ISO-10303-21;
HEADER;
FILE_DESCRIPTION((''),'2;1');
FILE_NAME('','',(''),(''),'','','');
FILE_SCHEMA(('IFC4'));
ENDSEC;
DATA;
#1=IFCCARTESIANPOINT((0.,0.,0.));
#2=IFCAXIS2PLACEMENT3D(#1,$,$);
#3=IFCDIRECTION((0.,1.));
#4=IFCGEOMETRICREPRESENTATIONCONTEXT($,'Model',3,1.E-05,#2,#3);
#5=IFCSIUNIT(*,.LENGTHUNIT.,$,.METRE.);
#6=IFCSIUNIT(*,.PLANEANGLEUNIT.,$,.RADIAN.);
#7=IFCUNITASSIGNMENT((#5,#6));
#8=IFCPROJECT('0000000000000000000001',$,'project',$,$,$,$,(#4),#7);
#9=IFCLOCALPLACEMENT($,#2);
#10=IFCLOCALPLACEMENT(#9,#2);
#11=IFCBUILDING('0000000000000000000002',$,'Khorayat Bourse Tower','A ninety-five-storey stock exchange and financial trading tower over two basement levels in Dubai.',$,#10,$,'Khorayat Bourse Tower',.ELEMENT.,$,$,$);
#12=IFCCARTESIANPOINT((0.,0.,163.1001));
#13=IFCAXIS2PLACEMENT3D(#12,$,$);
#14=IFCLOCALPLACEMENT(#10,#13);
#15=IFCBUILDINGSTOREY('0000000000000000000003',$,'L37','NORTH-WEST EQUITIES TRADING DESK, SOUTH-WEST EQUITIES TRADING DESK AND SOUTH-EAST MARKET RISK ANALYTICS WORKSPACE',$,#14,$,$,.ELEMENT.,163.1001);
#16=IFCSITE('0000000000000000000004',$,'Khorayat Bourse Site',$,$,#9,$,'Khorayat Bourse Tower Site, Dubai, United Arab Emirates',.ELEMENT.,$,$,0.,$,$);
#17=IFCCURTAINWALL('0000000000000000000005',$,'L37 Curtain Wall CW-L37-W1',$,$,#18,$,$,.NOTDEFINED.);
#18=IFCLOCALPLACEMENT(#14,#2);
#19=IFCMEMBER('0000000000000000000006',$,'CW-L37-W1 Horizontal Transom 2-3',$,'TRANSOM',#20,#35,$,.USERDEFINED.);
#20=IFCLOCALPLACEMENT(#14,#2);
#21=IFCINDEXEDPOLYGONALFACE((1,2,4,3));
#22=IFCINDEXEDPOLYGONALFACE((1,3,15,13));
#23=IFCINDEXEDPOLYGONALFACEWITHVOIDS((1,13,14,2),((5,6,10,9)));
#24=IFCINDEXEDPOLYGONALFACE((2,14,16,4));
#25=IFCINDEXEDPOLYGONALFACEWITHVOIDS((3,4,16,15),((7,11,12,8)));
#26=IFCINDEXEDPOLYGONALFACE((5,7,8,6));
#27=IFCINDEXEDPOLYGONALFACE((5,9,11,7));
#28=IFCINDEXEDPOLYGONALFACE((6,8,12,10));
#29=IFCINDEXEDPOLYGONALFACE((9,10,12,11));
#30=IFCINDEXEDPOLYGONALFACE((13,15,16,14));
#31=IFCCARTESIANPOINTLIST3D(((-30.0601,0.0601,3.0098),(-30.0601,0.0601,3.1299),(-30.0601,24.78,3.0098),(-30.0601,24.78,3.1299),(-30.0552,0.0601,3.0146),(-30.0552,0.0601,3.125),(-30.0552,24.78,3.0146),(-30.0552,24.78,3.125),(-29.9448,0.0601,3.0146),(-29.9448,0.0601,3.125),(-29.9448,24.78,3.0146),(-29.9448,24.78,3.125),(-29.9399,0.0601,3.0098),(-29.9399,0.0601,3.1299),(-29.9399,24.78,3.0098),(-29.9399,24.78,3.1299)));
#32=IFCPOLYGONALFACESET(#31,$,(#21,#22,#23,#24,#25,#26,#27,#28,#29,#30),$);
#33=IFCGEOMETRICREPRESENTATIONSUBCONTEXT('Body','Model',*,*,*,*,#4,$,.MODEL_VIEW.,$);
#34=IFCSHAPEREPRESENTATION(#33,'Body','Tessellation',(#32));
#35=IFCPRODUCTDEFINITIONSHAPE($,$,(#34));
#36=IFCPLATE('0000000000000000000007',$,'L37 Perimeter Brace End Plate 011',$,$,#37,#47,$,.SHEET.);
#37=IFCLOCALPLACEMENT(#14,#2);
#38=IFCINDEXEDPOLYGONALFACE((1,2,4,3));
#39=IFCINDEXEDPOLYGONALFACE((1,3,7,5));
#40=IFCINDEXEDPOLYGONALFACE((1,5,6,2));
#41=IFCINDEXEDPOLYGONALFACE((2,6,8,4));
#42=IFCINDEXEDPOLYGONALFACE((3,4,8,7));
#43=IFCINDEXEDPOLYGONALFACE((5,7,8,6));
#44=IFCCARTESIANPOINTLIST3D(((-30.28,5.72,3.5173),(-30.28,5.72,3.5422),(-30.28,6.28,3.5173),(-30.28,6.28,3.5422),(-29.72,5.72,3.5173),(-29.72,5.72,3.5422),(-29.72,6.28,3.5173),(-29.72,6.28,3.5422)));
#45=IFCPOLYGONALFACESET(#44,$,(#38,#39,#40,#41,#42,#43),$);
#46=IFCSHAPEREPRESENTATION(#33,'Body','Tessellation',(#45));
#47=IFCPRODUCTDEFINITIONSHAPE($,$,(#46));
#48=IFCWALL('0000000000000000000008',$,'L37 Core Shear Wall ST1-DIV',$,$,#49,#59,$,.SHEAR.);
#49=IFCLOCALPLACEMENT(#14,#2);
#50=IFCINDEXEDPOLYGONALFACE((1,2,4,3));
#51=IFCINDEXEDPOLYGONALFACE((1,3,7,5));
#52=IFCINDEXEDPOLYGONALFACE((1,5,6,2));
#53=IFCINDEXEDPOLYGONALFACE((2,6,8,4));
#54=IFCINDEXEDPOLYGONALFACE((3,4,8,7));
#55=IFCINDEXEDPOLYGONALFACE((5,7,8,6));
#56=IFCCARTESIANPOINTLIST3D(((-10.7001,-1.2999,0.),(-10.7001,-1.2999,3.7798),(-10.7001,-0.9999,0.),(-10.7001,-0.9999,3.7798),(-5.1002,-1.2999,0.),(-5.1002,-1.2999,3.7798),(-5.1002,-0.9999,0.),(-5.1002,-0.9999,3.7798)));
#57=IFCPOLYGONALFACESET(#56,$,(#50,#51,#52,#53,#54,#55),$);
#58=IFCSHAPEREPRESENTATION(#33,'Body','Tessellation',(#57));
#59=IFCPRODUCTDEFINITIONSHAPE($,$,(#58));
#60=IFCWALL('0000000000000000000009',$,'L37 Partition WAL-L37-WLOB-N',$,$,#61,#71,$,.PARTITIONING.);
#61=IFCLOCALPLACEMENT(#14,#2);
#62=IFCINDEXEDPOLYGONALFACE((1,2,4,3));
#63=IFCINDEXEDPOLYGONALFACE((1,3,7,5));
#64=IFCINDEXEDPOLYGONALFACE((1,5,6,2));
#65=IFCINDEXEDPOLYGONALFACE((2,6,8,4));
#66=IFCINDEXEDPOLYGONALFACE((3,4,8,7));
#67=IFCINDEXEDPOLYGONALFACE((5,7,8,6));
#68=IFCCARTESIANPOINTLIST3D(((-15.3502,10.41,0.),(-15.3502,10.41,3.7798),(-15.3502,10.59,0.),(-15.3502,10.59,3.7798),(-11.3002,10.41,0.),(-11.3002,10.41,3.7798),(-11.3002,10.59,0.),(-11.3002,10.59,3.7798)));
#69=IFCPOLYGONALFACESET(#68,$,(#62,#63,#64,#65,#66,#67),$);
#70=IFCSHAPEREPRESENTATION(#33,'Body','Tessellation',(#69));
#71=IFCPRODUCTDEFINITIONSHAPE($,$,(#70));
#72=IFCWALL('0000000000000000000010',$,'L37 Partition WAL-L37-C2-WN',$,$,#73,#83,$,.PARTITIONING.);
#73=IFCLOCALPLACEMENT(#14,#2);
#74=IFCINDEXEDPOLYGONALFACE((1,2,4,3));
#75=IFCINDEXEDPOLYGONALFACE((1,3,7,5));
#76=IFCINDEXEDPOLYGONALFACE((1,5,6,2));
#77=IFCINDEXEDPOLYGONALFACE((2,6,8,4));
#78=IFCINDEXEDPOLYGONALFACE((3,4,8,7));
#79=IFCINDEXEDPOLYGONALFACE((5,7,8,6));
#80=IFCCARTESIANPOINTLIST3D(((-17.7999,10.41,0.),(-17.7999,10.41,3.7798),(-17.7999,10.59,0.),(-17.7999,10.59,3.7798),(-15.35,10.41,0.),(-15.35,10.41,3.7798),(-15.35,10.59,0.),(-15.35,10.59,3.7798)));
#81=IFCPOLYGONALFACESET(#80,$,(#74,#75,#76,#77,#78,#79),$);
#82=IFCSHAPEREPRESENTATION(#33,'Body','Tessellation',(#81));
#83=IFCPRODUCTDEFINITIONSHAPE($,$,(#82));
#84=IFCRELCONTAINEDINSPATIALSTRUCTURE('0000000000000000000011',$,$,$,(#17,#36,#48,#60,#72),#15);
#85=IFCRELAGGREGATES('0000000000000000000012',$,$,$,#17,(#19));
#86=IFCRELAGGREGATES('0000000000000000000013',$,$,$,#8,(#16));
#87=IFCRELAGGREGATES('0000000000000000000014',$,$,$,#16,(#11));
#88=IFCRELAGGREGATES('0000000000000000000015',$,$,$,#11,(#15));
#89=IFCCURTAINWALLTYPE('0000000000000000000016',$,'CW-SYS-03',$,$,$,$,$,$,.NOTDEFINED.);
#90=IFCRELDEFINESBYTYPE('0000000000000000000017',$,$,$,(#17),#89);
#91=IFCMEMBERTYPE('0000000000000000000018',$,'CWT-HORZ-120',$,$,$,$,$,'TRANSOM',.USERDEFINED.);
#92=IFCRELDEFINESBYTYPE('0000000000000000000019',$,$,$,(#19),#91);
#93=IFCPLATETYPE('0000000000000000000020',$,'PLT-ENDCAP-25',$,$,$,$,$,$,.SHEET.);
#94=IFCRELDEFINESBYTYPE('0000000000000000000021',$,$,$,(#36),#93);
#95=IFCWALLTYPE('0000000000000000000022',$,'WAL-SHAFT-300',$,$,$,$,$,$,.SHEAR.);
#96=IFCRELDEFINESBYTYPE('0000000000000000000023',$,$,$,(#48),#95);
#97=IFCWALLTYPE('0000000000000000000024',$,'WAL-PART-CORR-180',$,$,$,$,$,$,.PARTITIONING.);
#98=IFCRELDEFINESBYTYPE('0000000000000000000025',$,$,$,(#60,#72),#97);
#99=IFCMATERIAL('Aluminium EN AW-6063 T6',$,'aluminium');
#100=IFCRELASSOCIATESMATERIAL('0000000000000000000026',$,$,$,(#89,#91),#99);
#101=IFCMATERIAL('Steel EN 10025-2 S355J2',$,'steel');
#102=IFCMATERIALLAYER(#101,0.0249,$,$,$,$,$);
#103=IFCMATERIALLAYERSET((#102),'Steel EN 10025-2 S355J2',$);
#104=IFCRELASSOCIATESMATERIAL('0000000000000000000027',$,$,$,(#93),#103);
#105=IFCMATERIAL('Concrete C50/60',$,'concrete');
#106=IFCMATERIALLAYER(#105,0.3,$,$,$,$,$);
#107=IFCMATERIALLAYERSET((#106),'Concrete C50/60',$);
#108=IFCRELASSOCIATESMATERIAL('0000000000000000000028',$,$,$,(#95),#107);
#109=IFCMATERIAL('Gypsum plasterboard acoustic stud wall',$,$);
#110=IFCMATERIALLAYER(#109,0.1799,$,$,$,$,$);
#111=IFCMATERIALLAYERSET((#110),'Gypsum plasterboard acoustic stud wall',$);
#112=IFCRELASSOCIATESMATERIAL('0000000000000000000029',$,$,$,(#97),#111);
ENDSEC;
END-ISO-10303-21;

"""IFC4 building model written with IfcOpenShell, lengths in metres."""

from ifc_helpers import new_model, si_unit, direction, frame, frame_2d, origin, origin_2d, place, context, subcontext, project, spatial, rectangle, hollow_rectangle, extrude, source, transform, mapped, material, layer, layer_set, material_profile, profile_set, type_object, element, aggregate, save


model = new_model("IFC4")

# Units and contexts
model_context = context("Model", 3, precision=1e-05, world=origin(), true_north=direction((0.0, 1.0)))
body_context = subcontext(model_context, "Body", "Model", "MODEL_VIEW")
ifc_project = project(units=[si_unit("LENGTHUNIT", "METRE"), si_unit("PLANEANGLEUNIT", "RADIAN")], contexts=[model_context])

# Site, building, storey
site_placement = place(None, origin())
site = spatial("IfcSite", under=ifc_project, at=site_placement, Name="Khorayat Bourse Site", LongName="Khorayat Bourse Tower Site, Dubai, United Arab Emirates", CompositionType="ELEMENT", RefElevation=0.0)
building_placement = place(site_placement, origin())
building = spatial("IfcBuilding", under=site, at=building_placement, Name="Khorayat Bourse Tower", Description="A ninety-five-storey stock exchange and financial trading tower over two basement levels in Dubai.", LongName="Khorayat Bourse Tower", CompositionType="ELEMENT")
storey_placement = place(building_placement, frame((0.0, 0.0, 163.1001)))
storey = spatial("IfcBuildingStorey", under=building, at=storey_placement, Name="L37", Description="NORTH-WEST EQUITIES TRADING DESK, SOUTH-WEST EQUITIES TRADING DESK AND SOUTH-EAST MARKET RISK ANALYTICS WORKSPACE", CompositionType="ELEMENT", Elevation=163.1001)

# Curtain wall, member
ifc_material_1 = material(Name="Aluminium EN AW-6063 T6", Category="aluminium")
curtain_wall_type = type_object("IfcCurtainWallType", Name="CW-SYS-03", PredefinedType="NOTDEFINED", material=ifc_material_1)
curtain_wall_placement = place(storey_placement, origin())
curtain_wall = element("IfcCurtainWall", 1, at=curtain_wall_placement, inside=storey, type_object=curtain_wall_type, Name="L37 Curtain Wall CW-L37-W1", PredefinedType="NOTDEFINED")
ifc_material_profile_1 = material_profile(ifc_material_1, hollow_rectangle(XDim=0.1201, YDim=0.1201, WallThickness=0.0049, at=origin_2d()), Name="ALU 120x120x5")
ifc_profile_set_1 = profile_set([ifc_material_profile_1], Name="Aluminium EN AW-6063 T6")
member_type_1 = type_object("IfcMemberType", Name="CWT-HORZ-120", ElementType="TRANSOM", PredefinedType="USERDEFINED", material=ifc_profile_set_1)
shared_shape_1 = source(origin(), body_context, "Body", "SweptSolid", [
    extrude(hollow_rectangle(XDim=0.1201, YDim=0.1201, WallThickness=0.0049, at=origin_2d()), origin(), (0.0, 0.0, 1.0), 24.72),
])
member_1_placement = place(storey_placement, frame((-30.0, 0.0601, 3.0698), z_axis=(0.0, 1.0, 0.0), x_axis=(-1.0, 0.0, 0.0)))
member_1 = element("IfcMember", 2, at=member_1_placement, type_object=member_type_1, Name="CW-L37-W1 Horizontal Transom 2-3", ObjectType="TRANSOM", PredefinedType="USERDEFINED", context=body_context, shape_type="MappedRepresentation", body=[
    mapped(shared_shape_1, transform((0.0, 0.0, 0.0), scale=1.0)),
])
aggregate(curtain_wall, [member_1])

# Plate
ifc_material_2 = material(Name="Steel EN 10025-2 S355J2", Category="steel")
ifc_layer_1 = layer(ifc_material_2, 0.0249)
ifc_layer_set_1 = layer_set([ifc_layer_1], Name="Steel EN 10025-2 S355J2")
plate_type = type_object("IfcPlateType", Name="PLT-ENDCAP-25", PredefinedType="SHEET", material=ifc_layer_set_1)
shared_shape_2 = source(origin(), body_context, "Body", "SweptSolid", [
    extrude(rectangle(XDim=0.5601, YDim=0.5601, at=origin_2d()), origin(), (0.0, 0.0, 1.0), 0.0249),
])
plate_placement = place(storey_placement, frame((-30.0, 6.0, 3.5173), z_axis=(0.0, 0.0, 1.0), x_axis=(1.0, 0.0, 0.0)))
element("IfcPlate", 3, at=plate_placement, inside=storey, type_object=plate_type, Name="L37 Perimeter Brace End Plate 011", PredefinedType="SHEET", context=body_context, shape_type="MappedRepresentation", body=[
    mapped(shared_shape_2, transform((0.0, 0.0, 0.0), scale=1.0)),
])

# Walls
ifc_material_3 = material(Name="Concrete C50/60", Category="concrete")
ifc_layer_2 = layer(ifc_material_3, 0.3)
ifc_layer_set_2 = layer_set([ifc_layer_2], Name="Concrete C50/60")
wall_type_1 = type_object("IfcWallType", Name="WAL-SHAFT-300", PredefinedType="SHEAR", material=ifc_layer_set_2)
shared_shape_3 = source(origin(), body_context, "Body", "SweptSolid", [
    extrude(rectangle(XDim=5.5999, YDim=0.3, at=frame_2d((2.7998, 0.0))), origin(), (0.0, 0.0, 1.0), 3.7798),
])
wall_1_placement = place(storey_placement, frame((-10.7, -1.1499, 0.0), z_axis=(0.0, 0.0, 1.0), x_axis=(1.0, 0.0, 0.0)))
element("IfcWall", 4, at=wall_1_placement, inside=storey, type_object=wall_type_1, Name="L37 Core Shear Wall ST1-DIV", PredefinedType="SHEAR", context=body_context, shape_type="MappedRepresentation", body=[
    mapped(shared_shape_3, transform((0.0, 0.0, 0.0), scale=1.0)),
])
ifc_material_4 = material(Name="Gypsum plasterboard acoustic stud wall")
ifc_layer_3 = layer(ifc_material_4, 0.1799)
ifc_layer_set_3 = layer_set([ifc_layer_3], Name="Gypsum plasterboard acoustic stud wall")
wall_type_2 = type_object("IfcWallType", Name="WAL-PART-CORR-180", PredefinedType="PARTITIONING", material=ifc_layer_set_3)
shared_shape_4 = source(origin(), body_context, "Body", "SweptSolid", [
    extrude(rectangle(XDim=4.05, YDim=0.1799, at=frame_2d((2.0249, 0.0))), origin(), (0.0, 0.0, 1.0), 3.7798),
])
wall_2_placement = place(storey_placement, frame((-15.3501, 10.5, 0.0), z_axis=(0.0, 0.0, 1.0), x_axis=(1.0, 0.0, 0.0)))
element("IfcWall", 5, at=wall_2_placement, inside=storey, type_object=wall_type_2, Name="L37 Partition WAL-L37-WLOB-N", PredefinedType="PARTITIONING", context=body_context, shape_type="MappedRepresentation", body=[
    mapped(shared_shape_4, transform((0.0, 0.0, 0.0), scale=1.0)),
])
shared_shape_5 = source(origin(), body_context, "Body", "SweptSolid", [
    extrude(rectangle(XDim=2.45, YDim=0.1799, at=frame_2d((1.2251, 0.0))), origin(), (0.0, 0.0, 1.0), 3.7798),
])
wall_3_placement = place(storey_placement, frame((-17.8, 10.5, 0.0), z_axis=(0.0, 0.0, 1.0), x_axis=(1.0, 0.0, 0.0)))
element("IfcWall", 6, at=wall_3_placement, inside=storey, type_object=wall_type_2, Name="L37 Partition WAL-L37-C2-WN", PredefinedType="PARTITIONING", context=body_context, shape_type="MappedRepresentation", body=[
    mapped(shared_shape_5, transform((0.0, 0.0, 0.0), scale=1.0)),
])

save(model, "model.ifc")
